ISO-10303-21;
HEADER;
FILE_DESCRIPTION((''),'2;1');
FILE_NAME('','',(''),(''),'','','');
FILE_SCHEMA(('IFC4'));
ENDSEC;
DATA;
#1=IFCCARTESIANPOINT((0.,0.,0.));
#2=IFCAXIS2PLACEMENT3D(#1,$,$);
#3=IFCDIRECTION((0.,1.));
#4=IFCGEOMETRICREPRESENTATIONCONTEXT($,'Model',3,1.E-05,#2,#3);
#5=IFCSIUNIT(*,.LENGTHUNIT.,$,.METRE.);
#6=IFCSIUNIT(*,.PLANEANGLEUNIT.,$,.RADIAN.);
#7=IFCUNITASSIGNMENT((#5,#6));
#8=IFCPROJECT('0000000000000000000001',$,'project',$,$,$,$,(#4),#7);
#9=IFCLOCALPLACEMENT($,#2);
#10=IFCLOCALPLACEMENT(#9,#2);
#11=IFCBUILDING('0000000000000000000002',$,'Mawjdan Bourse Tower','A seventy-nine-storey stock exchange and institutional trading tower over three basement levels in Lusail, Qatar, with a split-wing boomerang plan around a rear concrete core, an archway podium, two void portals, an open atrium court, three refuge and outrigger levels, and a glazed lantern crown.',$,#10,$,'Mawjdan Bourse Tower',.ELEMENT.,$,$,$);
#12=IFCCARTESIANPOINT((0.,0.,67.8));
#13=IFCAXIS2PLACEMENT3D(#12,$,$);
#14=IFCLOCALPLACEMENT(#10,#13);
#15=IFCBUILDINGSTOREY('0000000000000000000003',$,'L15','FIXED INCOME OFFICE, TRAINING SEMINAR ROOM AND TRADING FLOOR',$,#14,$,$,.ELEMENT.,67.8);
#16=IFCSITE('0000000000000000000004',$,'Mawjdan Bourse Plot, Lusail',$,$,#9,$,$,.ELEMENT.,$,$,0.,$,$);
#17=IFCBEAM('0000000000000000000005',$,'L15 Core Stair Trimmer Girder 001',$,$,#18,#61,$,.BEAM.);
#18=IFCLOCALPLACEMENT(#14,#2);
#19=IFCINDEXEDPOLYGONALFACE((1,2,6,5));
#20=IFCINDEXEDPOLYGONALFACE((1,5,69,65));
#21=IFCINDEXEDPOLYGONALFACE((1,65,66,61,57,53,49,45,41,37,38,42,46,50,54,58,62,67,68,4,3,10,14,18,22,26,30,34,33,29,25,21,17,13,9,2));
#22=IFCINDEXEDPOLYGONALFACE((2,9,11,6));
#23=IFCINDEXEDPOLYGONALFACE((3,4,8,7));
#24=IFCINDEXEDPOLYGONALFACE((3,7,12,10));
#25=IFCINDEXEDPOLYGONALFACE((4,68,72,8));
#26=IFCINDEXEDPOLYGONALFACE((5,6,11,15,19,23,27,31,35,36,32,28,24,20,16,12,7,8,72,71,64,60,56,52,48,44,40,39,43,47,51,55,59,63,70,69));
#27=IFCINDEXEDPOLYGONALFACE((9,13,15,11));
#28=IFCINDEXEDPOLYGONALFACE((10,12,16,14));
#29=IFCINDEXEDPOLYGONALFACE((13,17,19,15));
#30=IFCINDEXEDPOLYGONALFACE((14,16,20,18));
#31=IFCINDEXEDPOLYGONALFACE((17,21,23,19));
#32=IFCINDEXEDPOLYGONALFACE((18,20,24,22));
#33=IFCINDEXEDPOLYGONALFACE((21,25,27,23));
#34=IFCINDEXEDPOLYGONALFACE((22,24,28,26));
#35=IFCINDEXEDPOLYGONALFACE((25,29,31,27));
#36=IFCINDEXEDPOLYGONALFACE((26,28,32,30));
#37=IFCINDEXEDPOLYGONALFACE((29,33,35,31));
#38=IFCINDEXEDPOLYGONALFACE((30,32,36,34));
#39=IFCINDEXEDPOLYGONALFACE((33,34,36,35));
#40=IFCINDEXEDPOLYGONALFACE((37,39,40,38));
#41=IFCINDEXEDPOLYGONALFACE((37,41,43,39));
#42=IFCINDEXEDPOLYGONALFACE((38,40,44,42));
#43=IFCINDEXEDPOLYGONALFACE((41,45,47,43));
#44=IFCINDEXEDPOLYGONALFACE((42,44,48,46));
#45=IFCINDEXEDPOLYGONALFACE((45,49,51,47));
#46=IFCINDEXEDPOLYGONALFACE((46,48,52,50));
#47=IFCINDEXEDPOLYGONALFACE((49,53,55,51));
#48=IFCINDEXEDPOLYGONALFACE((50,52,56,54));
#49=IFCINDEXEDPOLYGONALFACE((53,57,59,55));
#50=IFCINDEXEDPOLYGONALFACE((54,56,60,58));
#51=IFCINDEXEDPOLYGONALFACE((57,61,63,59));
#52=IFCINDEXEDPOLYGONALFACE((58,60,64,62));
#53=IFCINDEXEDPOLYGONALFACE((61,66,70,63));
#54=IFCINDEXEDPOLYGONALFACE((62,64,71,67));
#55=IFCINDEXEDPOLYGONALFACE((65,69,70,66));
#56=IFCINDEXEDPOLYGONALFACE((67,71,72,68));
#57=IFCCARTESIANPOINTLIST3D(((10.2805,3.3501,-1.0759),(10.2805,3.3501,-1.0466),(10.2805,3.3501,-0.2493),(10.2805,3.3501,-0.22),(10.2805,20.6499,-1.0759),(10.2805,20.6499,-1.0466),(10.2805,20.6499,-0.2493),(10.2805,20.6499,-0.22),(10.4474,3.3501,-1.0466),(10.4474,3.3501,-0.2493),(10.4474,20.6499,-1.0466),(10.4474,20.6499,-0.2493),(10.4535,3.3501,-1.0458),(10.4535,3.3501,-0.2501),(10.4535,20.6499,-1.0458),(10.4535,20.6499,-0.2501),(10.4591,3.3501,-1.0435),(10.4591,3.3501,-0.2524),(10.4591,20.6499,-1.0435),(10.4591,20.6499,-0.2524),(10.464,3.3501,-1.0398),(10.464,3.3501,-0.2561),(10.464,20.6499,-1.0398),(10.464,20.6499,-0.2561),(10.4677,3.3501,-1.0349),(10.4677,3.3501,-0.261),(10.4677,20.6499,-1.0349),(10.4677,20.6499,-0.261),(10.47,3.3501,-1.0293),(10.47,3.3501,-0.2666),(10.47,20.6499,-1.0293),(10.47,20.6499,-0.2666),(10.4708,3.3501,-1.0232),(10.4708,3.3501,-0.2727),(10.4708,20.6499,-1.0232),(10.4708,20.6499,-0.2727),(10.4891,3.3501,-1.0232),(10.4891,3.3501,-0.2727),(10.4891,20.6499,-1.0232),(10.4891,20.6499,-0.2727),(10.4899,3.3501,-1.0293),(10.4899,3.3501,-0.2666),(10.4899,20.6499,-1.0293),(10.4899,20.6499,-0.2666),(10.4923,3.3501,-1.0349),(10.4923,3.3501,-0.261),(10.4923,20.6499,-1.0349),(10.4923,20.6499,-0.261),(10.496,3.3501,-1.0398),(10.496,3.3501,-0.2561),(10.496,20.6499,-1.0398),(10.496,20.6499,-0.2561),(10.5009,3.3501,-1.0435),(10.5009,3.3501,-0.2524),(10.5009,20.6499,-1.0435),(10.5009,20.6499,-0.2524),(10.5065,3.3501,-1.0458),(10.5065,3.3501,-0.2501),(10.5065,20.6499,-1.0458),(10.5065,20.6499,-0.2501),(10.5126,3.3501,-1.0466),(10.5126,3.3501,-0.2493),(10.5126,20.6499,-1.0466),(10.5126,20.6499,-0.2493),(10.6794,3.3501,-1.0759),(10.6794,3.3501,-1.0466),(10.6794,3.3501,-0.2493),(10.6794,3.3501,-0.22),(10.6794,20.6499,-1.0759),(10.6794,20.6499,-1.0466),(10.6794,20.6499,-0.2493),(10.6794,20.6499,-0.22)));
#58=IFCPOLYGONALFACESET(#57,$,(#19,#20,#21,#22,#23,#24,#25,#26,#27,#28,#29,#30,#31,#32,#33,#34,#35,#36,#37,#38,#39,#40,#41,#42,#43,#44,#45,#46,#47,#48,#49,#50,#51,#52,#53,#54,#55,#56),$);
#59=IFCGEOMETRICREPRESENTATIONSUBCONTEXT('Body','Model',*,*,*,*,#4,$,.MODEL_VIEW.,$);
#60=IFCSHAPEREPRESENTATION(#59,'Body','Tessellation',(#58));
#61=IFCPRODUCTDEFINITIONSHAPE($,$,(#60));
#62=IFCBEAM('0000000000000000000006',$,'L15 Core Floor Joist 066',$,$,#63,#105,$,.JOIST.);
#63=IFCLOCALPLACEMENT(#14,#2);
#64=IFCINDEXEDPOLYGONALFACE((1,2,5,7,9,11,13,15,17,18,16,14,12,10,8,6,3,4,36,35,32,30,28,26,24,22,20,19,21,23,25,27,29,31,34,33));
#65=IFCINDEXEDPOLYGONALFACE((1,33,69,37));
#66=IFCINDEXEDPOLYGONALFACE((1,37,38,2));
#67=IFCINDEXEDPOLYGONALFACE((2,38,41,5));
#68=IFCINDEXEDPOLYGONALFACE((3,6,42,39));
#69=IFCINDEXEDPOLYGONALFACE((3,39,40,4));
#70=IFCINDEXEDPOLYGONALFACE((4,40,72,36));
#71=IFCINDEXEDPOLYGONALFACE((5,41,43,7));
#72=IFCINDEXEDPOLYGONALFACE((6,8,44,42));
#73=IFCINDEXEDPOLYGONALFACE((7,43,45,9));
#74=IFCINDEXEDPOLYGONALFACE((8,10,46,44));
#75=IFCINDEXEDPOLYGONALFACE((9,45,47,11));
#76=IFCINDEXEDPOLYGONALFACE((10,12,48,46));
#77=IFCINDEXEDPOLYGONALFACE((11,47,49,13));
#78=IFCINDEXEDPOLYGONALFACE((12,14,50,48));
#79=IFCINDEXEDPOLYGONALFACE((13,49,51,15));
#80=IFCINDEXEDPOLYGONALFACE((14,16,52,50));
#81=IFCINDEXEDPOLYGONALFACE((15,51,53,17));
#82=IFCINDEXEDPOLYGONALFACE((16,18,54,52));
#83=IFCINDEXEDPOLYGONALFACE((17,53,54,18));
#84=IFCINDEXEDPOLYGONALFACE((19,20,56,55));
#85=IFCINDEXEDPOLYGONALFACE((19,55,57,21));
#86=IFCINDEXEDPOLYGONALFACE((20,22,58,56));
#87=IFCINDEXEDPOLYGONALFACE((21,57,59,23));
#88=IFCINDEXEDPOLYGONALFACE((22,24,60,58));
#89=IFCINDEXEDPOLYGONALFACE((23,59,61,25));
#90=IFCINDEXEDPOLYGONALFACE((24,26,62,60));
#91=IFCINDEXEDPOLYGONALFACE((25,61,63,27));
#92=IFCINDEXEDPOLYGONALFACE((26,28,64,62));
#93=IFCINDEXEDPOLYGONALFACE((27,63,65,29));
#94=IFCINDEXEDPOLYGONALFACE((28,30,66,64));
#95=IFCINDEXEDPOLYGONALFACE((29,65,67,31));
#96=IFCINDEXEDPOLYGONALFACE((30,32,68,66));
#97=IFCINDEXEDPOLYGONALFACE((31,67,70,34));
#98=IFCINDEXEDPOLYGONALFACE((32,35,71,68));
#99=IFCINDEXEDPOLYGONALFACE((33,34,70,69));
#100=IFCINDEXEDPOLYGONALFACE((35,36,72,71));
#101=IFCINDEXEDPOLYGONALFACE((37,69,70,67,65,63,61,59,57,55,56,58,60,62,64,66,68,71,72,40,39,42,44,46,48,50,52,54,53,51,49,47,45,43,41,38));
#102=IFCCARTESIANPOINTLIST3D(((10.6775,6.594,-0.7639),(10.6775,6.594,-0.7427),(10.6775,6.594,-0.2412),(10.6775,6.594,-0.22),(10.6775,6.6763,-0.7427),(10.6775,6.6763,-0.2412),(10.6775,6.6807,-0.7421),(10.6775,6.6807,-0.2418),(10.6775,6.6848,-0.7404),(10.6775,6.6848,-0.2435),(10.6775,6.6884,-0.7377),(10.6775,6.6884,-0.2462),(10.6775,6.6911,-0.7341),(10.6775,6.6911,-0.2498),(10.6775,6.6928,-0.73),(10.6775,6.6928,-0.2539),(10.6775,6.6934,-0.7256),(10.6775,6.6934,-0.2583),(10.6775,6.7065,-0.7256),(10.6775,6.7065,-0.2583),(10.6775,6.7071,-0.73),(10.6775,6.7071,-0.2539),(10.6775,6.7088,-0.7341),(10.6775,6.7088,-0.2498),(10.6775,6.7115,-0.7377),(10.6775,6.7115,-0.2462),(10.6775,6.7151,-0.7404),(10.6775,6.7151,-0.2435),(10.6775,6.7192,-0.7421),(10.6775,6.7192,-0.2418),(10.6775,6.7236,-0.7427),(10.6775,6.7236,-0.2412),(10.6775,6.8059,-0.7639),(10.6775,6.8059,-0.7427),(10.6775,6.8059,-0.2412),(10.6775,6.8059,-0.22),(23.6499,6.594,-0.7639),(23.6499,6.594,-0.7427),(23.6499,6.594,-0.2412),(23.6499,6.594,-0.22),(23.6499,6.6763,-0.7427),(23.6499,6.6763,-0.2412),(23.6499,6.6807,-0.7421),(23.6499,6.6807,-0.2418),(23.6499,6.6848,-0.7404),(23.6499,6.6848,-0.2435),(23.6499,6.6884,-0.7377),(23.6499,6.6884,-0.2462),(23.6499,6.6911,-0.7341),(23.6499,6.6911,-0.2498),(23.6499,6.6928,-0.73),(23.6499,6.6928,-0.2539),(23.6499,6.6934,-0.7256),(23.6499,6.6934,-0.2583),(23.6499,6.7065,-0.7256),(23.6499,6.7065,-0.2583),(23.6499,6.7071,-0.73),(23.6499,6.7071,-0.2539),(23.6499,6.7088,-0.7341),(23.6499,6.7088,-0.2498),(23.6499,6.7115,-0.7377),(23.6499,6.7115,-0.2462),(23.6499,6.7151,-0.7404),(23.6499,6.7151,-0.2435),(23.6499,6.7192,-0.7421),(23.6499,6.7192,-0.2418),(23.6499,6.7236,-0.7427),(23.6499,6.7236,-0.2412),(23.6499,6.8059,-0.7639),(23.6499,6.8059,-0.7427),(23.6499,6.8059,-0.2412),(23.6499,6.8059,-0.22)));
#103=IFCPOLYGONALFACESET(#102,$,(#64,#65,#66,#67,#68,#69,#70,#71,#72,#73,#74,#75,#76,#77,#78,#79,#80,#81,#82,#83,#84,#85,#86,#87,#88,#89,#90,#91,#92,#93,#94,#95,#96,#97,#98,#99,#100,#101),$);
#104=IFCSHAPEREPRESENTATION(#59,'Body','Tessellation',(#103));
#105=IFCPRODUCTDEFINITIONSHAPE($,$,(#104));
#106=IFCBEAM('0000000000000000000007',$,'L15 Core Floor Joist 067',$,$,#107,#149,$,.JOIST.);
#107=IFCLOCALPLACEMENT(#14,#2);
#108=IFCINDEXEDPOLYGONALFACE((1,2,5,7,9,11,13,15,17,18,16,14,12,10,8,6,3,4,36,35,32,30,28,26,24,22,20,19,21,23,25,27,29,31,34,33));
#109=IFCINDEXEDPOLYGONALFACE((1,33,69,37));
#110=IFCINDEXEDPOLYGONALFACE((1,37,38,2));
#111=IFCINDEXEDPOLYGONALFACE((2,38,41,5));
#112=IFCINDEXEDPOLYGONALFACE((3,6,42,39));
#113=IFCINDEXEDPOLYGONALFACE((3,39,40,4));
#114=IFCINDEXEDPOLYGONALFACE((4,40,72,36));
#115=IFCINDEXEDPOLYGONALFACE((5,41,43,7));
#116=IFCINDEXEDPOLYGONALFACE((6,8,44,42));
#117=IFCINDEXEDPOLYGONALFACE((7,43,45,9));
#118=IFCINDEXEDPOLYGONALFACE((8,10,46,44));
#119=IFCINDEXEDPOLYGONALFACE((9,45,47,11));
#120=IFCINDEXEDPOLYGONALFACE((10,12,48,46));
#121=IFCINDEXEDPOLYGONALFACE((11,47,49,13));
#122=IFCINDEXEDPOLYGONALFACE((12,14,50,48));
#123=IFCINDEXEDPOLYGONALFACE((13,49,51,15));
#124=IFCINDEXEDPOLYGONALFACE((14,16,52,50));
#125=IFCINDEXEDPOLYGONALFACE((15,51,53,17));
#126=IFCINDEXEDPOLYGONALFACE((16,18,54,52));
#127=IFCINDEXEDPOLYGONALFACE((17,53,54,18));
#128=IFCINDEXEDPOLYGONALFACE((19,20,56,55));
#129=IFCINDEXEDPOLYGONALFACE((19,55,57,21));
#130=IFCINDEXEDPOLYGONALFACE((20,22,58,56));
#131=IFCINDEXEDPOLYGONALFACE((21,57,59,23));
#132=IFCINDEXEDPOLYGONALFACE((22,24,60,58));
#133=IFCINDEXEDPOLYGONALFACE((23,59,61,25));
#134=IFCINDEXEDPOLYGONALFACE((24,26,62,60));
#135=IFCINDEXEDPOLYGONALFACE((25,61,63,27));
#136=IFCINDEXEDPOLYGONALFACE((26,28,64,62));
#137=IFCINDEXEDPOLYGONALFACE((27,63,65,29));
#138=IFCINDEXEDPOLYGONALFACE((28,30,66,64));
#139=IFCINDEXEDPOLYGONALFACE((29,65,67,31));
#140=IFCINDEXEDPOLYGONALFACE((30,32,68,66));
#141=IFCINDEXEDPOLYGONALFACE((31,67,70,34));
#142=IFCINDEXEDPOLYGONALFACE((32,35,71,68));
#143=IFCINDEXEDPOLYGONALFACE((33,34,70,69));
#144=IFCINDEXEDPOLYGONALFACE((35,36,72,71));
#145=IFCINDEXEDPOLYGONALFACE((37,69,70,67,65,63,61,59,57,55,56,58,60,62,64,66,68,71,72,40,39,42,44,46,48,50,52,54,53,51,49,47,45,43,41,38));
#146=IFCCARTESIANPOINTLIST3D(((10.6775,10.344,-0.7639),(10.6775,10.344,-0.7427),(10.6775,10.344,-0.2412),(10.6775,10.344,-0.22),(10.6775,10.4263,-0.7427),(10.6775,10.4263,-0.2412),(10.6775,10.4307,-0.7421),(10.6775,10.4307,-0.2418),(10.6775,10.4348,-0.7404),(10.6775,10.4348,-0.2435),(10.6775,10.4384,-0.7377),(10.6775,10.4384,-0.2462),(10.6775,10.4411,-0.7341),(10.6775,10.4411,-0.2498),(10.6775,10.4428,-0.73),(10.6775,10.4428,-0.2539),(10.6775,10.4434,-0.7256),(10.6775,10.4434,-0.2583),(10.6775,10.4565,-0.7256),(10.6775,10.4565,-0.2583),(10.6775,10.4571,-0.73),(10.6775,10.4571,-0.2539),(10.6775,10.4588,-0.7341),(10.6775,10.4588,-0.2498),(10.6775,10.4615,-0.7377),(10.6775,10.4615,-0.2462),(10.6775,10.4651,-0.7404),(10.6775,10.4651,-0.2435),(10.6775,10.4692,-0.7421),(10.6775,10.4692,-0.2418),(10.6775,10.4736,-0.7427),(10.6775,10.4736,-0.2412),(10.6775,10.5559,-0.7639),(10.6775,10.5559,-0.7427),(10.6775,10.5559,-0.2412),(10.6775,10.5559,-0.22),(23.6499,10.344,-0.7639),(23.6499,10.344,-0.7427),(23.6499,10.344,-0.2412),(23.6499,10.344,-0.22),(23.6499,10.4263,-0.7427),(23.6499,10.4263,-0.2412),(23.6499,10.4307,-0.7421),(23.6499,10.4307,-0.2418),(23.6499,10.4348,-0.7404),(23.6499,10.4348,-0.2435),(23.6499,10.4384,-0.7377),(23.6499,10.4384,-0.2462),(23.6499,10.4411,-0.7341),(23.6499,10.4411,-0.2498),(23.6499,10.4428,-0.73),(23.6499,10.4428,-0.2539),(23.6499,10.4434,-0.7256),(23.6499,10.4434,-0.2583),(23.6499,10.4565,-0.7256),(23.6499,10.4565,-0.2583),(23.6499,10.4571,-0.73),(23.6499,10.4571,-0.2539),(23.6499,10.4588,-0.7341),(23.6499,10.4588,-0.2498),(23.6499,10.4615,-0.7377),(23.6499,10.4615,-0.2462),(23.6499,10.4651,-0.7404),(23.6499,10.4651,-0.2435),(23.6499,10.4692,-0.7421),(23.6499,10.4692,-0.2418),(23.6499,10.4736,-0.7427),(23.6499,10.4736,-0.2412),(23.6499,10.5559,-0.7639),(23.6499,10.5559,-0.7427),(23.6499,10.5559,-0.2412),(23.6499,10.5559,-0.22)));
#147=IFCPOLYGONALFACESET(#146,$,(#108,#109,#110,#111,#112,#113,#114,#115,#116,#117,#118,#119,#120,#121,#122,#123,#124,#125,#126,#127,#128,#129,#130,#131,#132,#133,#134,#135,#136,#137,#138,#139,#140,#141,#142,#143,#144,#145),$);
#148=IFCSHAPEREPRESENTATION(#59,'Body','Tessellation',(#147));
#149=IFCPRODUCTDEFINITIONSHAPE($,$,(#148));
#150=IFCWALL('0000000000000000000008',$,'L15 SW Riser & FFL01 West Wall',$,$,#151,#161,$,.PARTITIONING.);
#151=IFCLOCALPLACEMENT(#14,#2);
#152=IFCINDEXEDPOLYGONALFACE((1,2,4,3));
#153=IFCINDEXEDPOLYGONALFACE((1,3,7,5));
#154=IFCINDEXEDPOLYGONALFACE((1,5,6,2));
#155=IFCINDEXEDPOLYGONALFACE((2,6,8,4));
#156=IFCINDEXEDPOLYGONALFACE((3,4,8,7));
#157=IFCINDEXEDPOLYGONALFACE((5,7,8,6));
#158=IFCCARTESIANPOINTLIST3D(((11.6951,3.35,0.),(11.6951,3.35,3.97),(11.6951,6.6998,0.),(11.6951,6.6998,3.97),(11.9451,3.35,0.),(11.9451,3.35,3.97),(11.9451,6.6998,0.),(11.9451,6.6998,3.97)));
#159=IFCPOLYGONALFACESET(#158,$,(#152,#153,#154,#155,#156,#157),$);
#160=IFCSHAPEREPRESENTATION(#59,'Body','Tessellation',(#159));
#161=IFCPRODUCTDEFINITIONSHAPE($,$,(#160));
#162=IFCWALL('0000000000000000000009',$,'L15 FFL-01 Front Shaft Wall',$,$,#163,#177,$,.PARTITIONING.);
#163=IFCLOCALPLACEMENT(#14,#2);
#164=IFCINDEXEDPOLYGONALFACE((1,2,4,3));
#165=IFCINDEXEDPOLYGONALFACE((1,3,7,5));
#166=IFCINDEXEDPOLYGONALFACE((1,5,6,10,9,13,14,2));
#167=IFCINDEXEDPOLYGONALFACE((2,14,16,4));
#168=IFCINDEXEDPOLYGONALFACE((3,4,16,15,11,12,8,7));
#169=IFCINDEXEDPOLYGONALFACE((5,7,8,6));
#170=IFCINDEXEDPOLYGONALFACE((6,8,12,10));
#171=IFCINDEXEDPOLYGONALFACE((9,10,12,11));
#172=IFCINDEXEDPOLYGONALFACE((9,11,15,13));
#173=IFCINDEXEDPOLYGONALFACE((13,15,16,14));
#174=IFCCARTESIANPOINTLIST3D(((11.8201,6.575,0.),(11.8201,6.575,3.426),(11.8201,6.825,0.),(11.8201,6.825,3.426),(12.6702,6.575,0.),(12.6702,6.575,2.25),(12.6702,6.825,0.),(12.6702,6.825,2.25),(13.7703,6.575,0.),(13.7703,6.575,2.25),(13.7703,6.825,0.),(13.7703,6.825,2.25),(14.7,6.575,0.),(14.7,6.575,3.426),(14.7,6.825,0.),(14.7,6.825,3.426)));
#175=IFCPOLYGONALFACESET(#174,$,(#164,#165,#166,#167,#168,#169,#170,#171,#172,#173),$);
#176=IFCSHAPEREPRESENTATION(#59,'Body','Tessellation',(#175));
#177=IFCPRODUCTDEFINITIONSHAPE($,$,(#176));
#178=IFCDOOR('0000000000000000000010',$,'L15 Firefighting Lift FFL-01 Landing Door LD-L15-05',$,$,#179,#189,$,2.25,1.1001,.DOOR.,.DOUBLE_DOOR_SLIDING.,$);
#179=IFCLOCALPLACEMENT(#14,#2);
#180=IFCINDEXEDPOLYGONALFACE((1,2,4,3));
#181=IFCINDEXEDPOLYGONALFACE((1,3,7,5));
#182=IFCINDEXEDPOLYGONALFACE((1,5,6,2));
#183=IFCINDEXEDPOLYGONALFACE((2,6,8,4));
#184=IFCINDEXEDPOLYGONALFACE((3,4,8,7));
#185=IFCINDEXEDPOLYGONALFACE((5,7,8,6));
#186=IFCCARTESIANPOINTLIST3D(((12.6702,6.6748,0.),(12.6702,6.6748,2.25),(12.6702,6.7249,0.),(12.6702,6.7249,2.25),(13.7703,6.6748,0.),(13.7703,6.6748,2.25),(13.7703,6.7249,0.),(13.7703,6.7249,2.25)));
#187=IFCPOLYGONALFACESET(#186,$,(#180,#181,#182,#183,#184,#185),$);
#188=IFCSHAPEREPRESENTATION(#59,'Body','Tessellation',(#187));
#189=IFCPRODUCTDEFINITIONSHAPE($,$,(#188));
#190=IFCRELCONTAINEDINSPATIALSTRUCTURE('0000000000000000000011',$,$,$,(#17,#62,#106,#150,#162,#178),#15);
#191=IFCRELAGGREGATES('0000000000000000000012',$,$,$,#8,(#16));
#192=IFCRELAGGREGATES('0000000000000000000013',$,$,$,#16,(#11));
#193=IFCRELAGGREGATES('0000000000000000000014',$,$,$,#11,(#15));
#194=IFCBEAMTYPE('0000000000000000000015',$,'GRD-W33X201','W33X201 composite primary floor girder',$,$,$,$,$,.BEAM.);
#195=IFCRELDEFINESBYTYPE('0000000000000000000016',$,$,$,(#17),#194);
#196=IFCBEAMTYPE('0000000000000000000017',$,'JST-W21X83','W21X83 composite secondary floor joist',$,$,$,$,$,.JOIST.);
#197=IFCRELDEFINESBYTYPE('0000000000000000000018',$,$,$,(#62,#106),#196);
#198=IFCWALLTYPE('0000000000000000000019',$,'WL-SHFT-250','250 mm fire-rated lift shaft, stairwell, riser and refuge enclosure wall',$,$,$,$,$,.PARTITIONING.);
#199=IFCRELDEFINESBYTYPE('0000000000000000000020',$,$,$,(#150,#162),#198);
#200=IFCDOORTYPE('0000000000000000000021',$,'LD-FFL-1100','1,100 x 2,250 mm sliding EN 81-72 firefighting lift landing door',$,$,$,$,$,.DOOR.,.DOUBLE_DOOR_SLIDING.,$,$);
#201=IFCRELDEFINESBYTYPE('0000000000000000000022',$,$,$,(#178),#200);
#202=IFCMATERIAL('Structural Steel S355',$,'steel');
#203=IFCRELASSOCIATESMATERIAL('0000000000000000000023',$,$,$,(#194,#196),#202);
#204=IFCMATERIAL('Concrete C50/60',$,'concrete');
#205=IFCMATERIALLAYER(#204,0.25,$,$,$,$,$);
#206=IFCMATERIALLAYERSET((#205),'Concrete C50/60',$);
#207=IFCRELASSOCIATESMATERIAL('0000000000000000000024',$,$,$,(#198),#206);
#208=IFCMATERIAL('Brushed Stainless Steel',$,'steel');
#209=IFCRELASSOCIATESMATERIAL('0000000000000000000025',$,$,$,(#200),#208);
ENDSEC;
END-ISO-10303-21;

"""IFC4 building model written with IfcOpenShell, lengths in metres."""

from ifc_helpers import new_model, si_unit, direction, frame, frame_2d, origin, origin_2d, place, context, subcontext, project, spatial, rectangle, i_section, extrude, material, layer, layer_set, material_profile, profile_set, type_object, element, fill, save


model = new_model("IFC4")

# Units and contexts
model_context = context("Model", 3, precision=1e-05, world=origin(), true_north=direction((0.0, 1.0)))
body_context = subcontext(model_context, "Body", "Model", "MODEL_VIEW")
ifc_project = project(units=[si_unit("LENGTHUNIT", "METRE"), si_unit("PLANEANGLEUNIT", "RADIAN")], contexts=[model_context])

# Site, building, storey
site_placement = place(None, origin())
site = spatial("IfcSite", under=ifc_project, at=site_placement, Name="Mawjdan Bourse Plot, Lusail", CompositionType="ELEMENT", RefElevation=0.0)
building_placement = place(site_placement, origin())
building = spatial("IfcBuilding", under=site, at=building_placement, Name="Mawjdan Bourse Tower", Description="A seventy-nine-storey stock exchange and institutional trading tower over three basement levels in Lusail, Qatar, with a split-wing boomerang plan around a rear concrete core, an archway podium, two void portals, an open atrium court, three refuge and outrigger levels, and a glazed lantern crown.", LongName="Mawjdan Bourse Tower", CompositionType="ELEMENT")
storey_placement = place(building_placement, frame((0.0, 0.0, 67.8)))
storey = spatial("IfcBuildingStorey", under=building, at=storey_placement, Name="L15", Description="FIXED INCOME OFFICE, TRAINING SEMINAR ROOM AND TRADING FLOOR", CompositionType="ELEMENT", Elevation=67.8)

# Beams
ifc_material_1 = material(Name="Structural Steel S355", Category="steel")
ifc_material_profile_1 = material_profile(ifc_material_1, i_section(OverallWidth=0.3989, OverallDepth=0.856, WebThickness=0.0183, FlangeThickness=0.0293, FilletRadius=0.0234, at=origin_2d()), Name="W33X201")
ifc_profile_set_1 = profile_set([ifc_material_profile_1], Name="Structural Steel S355")
beam_type_1 = type_object("IfcBeamType", Name="GRD-W33X201", Description="W33X201 composite primary floor girder", PredefinedType="BEAM", material=ifc_profile_set_1)
beam_placement = place(storey_placement, frame((10.48, 3.3501, -0.6479), z_axis=(0.0, 1.0, 0.0), x_axis=(-1.0, 0.0, 0.0)))
element("IfcBeam", 1, at=beam_placement, inside=storey, type_object=beam_type_1, Name="L15 Core Stair Trimmer Girder 001", PredefinedType="BEAM", context=body_context, shape_type="SweptSolid", body=[
    extrude(i_section(OverallWidth=0.3989, OverallDepth=0.856, WebThickness=0.0183, FlangeThickness=0.0293, FilletRadius=0.0234, at=origin_2d()), origin(), (0.0, 0.0, 1.0), 17.2998),
])
ifc_material_profile_2 = material_profile(ifc_material_1, i_section(OverallWidth=0.2119, OverallDepth=0.5439, WebThickness=0.0132, FlangeThickness=0.0212, FilletRadius=0.0171, at=origin_2d()), Name="W21X83")
ifc_profile_set_2 = profile_set([ifc_material_profile_2], Name="Structural Steel S355")
beam_type_2 = type_object("IfcBeamType", Name="JST-W21X83", Description="W21X83 composite secondary floor joist", PredefinedType="JOIST", material=ifc_profile_set_2)
for number, where, z_axis, x_axis, name in (
    (2, (10.6775, 6.7, -0.4919), (1.0, 0.0, 0.0), (0.0, 1.0, 0.0), "L15 Core Floor Joist 066"),
    (3, (10.6775, 10.45, -0.4919), (1.0, 0.0, 0.0), (0.0, 1.0, 0.0), "L15 Core Floor Joist 067"),
):
    element("IfcBeam", number, at=place(storey_placement, frame(where, z_axis=z_axis, x_axis=x_axis)), inside=storey, type_object=beam_type_2, Name=name, PredefinedType="JOIST", context=body_context, shape_type="SweptSolid", body=[
        extrude(i_section(OverallWidth=0.2119, OverallDepth=0.5439, WebThickness=0.0132, FlangeThickness=0.0212, FilletRadius=0.0171, at=origin_2d()), origin(), (0.0, 0.0, 1.0), 12.9724),
    ])

# Wall
ifc_material_2 = material(Name="Concrete C50/60", Category="concrete")
ifc_layer = layer(ifc_material_2, 0.25)
ifc_layer_set = layer_set([ifc_layer], Name="Concrete C50/60")
wall_type = type_object("IfcWallType", Name="WL-SHFT-250", Description="250 mm fire-rated lift shaft, stairwell, riser and refuge enclosure wall", PredefinedType="PARTITIONING", material=ifc_layer_set)
wall_1_placement = place(storey_placement, frame((11.8201, 3.3501, 0.0), z_axis=(0.0, 0.0, 1.0), x_axis=(0.0, 1.0, 0.0)))
element("IfcWall", 4, at=wall_1_placement, inside=storey, type_object=wall_type, Name="L15 SW Riser & FFL01 West Wall", PredefinedType="PARTITIONING", context=body_context, shape_type="SweptSolid", body=[
    extrude(rectangle(XDim=3.3499, YDim=0.25, at=frame_2d((1.6748, 0.0))), origin(), (0.0, 0.0, 1.0), 3.97),
])

# Wall, opening, door
wall_2_placement = place(storey_placement, frame((11.8201, 6.7, 0.0), z_axis=(0.0, 0.0, 1.0), x_axis=(1.0, 0.0, 0.0)))
wall_2 = element("IfcWall", 5, at=wall_2_placement, inside=storey, type_object=wall_type, Name="L15 FFL-01 Front Shaft Wall", PredefinedType="PARTITIONING", context=body_context, shape_type="SweptSolid", body=[
    extrude(rectangle(XDim=2.8799, YDim=0.25, at=frame_2d((1.4399, 0.0))), origin(), (0.0, 0.0, 1.0), 3.426),
])
opening_1_placement = place(wall_2_placement, frame((0.8501, 0.0, 0.0)))
opening_1 = element("IfcOpeningElement", 6, at=opening_1_placement, cuts=wall_2, PredefinedType="OPENING", context=body_context, shape_type="SweptSolid", body=[
    extrude(rectangle(XDim=1.1001, YDim=2.25, at=frame_2d((0.55, 1.125))), frame((0.0, 0.135, 0.0), z_axis=(0.0, -1.0, 0.0), x_axis=(1.0, 0.0, 0.0)), (0.0, 0.0, 1.0), 0.27),
])
ifc_material_3 = material(Name="Brushed Stainless Steel", Category="steel")
door_type_1 = type_object("IfcDoorType", Name="LD-FFL-1100", Description="1,100 x 2,250 mm sliding EN 81-72 firefighting lift landing door", OperationType="DOUBLE_DOOR_SLIDING", PredefinedType="DOOR", material=ifc_material_3)
door_1_placement = place(opening_1_placement, origin())
door_1 = element("IfcDoor", 7, at=door_1_placement, inside=storey, type_object=door_type_1, Name="L15 Firefighting Lift FFL-01 Landing Door LD-L15-05", OperationType="DOUBLE_DOOR_SLIDING", OverallHeight=2.25, OverallWidth=1.1001, PredefinedType="DOOR", context=body_context, shape_type="SweptSolid", body=[
    extrude(rectangle(XDim=1.1001, YDim=2.25, at=frame_2d((0.55, 1.125))), frame((0.0, 0.0249, 0.0), z_axis=(0.0, -1.0, 0.0), x_axis=(1.0, 0.0, 0.0)), (0.0, 0.0, 1.0), 0.05),
])
fill(opening_1, door_1)

save(model, "model.ifc")
